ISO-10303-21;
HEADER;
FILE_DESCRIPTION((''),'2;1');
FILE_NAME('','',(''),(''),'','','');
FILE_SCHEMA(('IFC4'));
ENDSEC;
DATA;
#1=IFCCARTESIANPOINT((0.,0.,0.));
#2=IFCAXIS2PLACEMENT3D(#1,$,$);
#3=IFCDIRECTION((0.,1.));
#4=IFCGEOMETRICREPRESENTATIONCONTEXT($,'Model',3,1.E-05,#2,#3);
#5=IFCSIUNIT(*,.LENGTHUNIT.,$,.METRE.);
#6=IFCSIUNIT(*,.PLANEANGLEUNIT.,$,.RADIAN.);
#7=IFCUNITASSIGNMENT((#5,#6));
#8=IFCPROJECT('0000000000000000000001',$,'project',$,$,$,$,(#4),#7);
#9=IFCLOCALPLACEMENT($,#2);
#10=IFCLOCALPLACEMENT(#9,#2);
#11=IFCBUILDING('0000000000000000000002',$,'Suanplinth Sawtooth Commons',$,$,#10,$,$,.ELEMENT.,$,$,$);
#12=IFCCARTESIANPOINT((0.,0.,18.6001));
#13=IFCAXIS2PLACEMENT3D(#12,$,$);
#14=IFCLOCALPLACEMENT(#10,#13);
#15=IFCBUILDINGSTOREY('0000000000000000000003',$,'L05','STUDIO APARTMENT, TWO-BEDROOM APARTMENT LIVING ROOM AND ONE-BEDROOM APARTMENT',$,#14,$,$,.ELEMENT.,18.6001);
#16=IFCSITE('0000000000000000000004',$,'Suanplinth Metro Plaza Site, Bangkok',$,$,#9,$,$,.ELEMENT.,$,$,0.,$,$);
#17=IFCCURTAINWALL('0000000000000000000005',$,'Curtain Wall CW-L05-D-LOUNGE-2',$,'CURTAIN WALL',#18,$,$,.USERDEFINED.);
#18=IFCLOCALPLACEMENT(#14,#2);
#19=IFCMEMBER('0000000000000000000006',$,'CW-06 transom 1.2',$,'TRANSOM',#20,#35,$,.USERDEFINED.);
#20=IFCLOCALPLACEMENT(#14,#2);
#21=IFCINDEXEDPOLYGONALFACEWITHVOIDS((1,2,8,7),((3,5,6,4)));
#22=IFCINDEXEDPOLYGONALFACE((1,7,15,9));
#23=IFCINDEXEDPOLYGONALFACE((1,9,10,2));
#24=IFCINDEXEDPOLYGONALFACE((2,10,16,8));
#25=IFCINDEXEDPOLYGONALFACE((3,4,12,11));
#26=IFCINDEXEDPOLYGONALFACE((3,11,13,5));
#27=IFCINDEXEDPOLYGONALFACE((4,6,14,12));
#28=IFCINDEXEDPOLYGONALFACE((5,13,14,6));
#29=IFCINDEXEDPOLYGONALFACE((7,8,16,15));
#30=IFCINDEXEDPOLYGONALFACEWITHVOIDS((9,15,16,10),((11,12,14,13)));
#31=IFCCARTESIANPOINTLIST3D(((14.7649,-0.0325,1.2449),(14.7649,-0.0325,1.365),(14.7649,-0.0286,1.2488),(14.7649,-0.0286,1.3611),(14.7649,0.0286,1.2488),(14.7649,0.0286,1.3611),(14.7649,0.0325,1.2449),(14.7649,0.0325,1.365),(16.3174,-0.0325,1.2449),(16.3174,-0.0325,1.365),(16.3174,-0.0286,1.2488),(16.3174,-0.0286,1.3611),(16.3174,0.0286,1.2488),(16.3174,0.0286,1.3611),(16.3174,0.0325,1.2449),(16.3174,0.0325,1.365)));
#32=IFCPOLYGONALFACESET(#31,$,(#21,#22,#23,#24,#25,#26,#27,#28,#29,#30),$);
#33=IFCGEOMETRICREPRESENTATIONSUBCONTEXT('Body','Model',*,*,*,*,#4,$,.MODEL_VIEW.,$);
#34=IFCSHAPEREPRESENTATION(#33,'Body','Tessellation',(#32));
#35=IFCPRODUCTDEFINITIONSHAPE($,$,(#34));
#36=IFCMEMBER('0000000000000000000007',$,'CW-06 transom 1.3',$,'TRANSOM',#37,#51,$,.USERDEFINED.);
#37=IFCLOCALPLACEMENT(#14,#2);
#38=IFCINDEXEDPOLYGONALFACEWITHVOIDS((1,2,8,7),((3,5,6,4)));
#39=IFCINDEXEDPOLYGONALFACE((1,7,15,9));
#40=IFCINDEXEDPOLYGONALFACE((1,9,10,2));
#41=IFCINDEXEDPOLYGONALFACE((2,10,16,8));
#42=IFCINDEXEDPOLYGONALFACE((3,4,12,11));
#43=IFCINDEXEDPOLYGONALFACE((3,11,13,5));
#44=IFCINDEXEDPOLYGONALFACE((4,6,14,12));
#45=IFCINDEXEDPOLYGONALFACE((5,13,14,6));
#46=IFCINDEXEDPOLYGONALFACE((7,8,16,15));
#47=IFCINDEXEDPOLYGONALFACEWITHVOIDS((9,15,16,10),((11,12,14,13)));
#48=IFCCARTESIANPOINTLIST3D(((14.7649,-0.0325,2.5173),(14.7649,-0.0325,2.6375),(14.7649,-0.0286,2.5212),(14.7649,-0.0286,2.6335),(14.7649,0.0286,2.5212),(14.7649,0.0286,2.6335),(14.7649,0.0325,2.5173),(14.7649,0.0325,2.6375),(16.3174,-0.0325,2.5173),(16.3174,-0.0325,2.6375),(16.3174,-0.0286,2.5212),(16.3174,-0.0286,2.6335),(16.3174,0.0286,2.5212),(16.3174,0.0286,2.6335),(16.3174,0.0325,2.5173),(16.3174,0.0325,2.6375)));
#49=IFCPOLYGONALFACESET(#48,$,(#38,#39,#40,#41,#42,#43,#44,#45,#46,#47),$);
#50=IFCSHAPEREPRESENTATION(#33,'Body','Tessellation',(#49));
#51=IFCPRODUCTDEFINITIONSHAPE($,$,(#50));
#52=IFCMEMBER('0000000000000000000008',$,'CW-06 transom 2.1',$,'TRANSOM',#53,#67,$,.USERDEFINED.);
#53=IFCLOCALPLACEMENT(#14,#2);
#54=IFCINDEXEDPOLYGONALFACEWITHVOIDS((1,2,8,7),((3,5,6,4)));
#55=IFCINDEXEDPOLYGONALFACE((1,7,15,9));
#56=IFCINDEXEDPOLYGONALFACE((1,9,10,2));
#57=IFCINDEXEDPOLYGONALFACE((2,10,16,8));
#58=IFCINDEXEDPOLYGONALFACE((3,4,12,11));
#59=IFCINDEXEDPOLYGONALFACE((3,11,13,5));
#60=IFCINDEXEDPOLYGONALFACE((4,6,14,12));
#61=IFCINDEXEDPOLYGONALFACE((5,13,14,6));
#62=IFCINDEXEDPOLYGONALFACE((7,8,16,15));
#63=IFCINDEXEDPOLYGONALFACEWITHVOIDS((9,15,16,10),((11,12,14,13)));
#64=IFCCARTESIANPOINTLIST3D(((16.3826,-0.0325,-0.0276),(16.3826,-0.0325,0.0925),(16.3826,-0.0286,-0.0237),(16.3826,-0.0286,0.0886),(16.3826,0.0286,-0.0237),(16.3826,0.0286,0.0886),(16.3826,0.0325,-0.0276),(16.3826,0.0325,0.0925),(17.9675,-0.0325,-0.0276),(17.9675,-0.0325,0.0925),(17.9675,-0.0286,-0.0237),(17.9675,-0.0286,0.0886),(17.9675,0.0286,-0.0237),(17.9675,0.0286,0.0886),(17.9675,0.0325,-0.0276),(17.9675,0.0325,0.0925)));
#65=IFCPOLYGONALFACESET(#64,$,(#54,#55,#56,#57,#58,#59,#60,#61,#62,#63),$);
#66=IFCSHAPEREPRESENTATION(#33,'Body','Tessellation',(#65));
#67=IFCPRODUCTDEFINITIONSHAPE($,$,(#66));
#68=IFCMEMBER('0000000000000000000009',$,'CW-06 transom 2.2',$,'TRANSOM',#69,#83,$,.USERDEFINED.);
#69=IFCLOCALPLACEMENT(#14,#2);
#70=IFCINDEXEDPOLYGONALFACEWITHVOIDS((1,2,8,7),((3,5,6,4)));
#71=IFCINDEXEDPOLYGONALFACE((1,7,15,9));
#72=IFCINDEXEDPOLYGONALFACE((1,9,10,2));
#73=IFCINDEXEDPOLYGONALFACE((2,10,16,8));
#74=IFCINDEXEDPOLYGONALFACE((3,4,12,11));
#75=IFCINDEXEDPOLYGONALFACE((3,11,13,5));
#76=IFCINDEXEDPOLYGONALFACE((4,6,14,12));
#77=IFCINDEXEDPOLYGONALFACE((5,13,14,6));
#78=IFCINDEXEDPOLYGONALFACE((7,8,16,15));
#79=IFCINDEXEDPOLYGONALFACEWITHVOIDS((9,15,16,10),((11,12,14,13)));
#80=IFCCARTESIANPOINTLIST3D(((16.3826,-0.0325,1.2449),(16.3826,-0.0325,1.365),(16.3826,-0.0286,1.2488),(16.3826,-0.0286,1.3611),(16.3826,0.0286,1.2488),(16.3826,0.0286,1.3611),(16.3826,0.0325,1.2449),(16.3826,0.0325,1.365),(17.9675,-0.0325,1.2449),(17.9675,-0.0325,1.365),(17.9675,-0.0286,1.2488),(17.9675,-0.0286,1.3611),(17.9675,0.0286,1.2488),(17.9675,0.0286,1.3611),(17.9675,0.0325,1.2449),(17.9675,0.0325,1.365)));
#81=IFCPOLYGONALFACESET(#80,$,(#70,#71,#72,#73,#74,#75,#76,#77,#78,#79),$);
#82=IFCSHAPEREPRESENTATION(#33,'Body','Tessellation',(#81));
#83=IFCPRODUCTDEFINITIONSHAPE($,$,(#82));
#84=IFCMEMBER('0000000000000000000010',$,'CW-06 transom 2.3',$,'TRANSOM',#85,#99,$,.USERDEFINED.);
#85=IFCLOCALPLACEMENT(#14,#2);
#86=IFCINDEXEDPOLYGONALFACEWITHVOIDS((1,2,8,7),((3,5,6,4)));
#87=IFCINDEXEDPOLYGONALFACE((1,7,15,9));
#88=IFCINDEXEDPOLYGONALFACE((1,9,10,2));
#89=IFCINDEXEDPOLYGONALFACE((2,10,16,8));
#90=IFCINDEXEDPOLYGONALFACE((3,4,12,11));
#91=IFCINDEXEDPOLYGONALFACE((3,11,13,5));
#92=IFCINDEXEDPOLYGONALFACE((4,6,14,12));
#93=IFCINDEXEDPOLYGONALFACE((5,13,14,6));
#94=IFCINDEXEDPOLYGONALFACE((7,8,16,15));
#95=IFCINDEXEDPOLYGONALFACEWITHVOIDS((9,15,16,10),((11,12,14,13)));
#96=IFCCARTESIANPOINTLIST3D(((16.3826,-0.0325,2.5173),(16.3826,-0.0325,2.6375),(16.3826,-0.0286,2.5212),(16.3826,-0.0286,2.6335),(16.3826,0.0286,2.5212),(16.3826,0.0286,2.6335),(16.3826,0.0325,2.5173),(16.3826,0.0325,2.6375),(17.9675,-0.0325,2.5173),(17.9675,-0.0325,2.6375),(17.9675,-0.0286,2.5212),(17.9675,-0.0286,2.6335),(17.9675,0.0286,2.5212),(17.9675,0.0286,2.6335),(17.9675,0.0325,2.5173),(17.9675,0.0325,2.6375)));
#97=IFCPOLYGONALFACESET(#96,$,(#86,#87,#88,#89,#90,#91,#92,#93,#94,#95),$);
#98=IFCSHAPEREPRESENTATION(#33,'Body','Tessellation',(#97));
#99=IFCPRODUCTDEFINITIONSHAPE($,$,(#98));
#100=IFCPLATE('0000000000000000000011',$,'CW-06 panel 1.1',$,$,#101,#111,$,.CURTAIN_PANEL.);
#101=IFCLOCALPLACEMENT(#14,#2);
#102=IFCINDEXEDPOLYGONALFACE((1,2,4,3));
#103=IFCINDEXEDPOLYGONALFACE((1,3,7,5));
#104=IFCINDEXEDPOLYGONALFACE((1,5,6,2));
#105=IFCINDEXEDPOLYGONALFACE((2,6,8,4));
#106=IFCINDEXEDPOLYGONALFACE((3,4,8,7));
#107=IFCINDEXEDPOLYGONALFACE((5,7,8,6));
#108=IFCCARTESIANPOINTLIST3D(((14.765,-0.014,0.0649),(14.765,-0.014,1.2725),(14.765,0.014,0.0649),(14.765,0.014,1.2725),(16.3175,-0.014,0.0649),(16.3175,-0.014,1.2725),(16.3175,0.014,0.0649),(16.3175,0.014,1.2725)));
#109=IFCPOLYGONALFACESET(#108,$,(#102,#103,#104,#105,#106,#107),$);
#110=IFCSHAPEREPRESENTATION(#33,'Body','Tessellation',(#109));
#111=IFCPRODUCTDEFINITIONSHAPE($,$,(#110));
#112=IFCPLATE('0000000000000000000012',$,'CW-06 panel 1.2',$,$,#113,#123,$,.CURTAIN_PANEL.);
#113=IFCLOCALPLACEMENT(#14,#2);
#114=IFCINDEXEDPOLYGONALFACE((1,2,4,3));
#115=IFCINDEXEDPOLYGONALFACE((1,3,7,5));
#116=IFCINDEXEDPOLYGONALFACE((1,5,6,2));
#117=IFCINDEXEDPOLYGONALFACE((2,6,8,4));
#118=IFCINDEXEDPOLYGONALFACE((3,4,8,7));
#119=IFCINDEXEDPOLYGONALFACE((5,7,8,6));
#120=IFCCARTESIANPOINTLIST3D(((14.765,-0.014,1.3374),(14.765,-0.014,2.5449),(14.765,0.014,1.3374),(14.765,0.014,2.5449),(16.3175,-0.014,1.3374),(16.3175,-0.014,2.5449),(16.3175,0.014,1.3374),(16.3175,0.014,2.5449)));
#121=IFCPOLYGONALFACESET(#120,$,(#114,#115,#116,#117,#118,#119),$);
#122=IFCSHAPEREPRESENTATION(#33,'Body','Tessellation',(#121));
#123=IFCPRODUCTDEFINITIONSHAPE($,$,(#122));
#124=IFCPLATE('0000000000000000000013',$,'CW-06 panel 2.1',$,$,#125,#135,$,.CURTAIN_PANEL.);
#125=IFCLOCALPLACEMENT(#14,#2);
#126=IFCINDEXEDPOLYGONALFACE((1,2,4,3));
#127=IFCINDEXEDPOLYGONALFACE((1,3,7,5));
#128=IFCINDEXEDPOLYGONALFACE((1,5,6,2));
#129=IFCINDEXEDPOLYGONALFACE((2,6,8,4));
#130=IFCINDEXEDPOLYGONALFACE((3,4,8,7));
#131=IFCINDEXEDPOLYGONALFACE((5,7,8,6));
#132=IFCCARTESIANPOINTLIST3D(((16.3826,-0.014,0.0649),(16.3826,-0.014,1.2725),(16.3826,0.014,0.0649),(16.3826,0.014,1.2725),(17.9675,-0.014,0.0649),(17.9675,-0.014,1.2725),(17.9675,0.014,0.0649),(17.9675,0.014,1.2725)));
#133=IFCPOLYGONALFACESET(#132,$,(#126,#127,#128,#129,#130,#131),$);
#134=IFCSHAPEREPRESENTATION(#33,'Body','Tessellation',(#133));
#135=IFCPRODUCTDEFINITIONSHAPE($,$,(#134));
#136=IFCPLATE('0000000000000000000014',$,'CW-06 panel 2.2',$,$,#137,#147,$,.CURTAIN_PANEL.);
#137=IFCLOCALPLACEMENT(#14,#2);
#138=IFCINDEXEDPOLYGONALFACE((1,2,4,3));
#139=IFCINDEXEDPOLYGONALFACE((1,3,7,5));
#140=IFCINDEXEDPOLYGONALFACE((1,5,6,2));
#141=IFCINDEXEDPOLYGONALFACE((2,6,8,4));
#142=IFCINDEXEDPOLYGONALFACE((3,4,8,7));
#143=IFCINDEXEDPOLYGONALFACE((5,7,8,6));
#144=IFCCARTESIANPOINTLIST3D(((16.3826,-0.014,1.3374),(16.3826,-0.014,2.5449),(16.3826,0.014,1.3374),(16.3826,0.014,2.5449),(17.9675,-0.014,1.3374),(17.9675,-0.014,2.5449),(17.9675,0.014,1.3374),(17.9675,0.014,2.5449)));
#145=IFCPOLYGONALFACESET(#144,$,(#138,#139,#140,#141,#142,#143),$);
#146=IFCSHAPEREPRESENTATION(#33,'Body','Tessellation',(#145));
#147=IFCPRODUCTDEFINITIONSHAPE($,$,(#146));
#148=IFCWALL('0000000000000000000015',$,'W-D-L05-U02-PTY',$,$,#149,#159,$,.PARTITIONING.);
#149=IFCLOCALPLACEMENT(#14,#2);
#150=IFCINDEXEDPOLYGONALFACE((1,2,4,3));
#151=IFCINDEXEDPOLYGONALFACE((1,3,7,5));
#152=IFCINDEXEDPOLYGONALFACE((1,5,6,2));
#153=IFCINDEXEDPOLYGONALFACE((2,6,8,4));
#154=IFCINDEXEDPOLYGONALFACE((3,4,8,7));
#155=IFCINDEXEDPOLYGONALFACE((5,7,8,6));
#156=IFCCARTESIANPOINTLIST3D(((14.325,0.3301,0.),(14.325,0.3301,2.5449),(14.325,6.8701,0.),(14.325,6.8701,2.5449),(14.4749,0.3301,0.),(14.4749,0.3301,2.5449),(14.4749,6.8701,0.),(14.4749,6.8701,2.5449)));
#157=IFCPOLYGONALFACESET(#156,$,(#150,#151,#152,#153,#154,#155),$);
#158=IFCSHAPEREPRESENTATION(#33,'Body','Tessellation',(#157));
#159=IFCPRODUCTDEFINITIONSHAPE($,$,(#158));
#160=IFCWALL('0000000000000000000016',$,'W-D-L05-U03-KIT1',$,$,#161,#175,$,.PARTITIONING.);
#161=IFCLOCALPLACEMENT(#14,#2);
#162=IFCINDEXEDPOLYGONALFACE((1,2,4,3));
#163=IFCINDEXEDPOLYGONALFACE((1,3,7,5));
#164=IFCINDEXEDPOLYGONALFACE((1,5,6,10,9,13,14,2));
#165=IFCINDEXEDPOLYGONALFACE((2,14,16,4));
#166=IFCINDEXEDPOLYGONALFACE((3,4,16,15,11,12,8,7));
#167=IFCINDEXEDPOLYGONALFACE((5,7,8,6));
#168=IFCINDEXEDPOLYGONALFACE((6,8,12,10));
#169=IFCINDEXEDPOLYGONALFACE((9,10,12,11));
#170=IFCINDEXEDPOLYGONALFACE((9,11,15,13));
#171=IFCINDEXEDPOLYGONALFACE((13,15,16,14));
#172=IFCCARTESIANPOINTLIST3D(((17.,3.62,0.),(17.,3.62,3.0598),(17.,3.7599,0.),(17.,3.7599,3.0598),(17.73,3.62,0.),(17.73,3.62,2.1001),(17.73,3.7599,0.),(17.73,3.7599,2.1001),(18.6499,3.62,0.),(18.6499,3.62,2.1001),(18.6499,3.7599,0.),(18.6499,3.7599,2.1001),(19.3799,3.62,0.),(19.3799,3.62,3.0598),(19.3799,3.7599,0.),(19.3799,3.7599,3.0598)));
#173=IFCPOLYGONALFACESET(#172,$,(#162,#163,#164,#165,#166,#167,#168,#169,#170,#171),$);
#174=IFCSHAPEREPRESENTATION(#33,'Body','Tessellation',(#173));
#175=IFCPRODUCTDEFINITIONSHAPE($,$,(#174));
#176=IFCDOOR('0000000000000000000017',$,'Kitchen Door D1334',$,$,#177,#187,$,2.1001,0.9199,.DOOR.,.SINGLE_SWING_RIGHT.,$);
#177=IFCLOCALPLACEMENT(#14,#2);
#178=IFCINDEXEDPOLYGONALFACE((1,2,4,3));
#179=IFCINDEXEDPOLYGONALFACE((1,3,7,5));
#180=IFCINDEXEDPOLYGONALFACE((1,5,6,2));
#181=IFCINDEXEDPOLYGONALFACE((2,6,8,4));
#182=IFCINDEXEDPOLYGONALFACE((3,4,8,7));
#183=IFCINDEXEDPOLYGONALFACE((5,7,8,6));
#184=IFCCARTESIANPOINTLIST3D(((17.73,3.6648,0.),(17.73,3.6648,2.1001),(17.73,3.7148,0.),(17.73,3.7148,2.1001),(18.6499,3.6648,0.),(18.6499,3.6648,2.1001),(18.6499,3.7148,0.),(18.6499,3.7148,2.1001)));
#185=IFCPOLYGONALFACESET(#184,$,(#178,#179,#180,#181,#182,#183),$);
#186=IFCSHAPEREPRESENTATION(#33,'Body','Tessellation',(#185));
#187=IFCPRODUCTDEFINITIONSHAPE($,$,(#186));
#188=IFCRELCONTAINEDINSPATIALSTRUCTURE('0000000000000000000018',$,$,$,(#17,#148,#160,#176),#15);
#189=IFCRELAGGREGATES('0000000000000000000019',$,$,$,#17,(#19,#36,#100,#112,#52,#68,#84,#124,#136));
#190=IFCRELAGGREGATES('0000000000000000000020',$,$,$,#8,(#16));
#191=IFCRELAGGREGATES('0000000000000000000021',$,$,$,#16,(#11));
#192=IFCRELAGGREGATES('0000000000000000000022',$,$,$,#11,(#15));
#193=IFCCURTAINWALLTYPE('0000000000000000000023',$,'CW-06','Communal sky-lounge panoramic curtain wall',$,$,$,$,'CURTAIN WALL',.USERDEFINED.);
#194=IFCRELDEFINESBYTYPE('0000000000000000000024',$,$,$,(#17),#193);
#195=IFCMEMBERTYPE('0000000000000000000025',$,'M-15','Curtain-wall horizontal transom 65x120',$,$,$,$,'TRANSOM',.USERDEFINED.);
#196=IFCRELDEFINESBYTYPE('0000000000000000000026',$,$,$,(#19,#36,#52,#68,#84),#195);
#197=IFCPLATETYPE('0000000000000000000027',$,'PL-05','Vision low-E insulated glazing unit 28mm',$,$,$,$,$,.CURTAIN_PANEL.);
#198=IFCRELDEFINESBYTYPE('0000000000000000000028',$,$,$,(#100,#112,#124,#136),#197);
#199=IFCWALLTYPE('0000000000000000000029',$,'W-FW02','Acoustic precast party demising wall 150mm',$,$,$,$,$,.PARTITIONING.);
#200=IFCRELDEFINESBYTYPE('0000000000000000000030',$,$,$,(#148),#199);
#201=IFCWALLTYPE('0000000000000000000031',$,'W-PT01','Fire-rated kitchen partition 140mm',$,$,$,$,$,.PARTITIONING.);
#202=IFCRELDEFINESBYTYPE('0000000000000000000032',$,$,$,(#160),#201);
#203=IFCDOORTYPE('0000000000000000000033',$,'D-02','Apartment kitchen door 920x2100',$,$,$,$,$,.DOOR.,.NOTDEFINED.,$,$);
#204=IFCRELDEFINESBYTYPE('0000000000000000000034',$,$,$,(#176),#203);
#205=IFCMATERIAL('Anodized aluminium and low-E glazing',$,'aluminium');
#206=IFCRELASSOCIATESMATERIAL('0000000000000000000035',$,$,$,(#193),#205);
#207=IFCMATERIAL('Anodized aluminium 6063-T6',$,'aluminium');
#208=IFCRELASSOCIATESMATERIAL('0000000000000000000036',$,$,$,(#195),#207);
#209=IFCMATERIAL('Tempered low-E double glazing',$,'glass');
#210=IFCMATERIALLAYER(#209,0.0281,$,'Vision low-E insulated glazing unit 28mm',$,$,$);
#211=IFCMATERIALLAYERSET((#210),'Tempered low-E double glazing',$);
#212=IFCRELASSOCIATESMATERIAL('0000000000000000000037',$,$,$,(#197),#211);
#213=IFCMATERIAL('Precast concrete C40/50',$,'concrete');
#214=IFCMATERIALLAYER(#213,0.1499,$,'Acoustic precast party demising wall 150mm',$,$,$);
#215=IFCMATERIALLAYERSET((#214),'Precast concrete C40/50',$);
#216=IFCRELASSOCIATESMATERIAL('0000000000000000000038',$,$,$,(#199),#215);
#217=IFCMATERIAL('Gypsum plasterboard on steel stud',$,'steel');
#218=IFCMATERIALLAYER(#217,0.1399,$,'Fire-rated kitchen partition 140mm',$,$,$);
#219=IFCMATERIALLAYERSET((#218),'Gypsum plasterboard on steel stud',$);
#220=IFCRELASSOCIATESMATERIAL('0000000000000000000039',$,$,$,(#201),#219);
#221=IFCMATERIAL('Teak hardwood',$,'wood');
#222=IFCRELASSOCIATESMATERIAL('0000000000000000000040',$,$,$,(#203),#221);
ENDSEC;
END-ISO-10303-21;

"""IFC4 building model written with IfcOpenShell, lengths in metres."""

from ifc_helpers import new_model, si_unit, direction, frame, frame_2d, origin, origin_2d, place, context, subcontext, project, spatial, rectangle, hollow_rectangle, extrude, material, layer, layer_set, material_profile, profile_set, type_object, element, fill, aggregate, save


model = new_model("IFC4")

# Units and contexts
model_context = context("Model", 3, precision=1e-05, world=origin(), true_north=direction((0.0, 1.0)))
body_context = subcontext(model_context, "Body", "Model", "MODEL_VIEW")
ifc_project = project(units=[si_unit("LENGTHUNIT", "METRE"), si_unit("PLANEANGLEUNIT", "RADIAN")], contexts=[model_context])

# Site, building, storey
site_placement = place(None, origin())
site = spatial("IfcSite", under=ifc_project, at=site_placement, Name="Suanplinth Metro Plaza Site, Bangkok", CompositionType="ELEMENT", RefElevation=0.0)
building_placement = place(site_placement, origin())
building = spatial("IfcBuilding", under=site, at=building_placement, Name="Suanplinth Sawtooth Commons", CompositionType="ELEMENT")
storey_placement = place(building_placement, frame((0.0, 0.0, 18.6001)))
storey = spatial("IfcBuildingStorey", under=building, at=storey_placement, Name="L05", Description="STUDIO APARTMENT, TWO-BEDROOM APARTMENT LIVING ROOM AND ONE-BEDROOM APARTMENT", CompositionType="ELEMENT", Elevation=18.6001)

# Shared definitions
ifc_material_1 = material(Name="Precast concrete C40/50", Category="concrete")

# Curtain wall, members, plates
ifc_material_2 = material(Name="Anodized aluminium and low-E glazing", Category="aluminium")
curtain_wall_type = type_object("IfcCurtainWallType", Name="CW-06", Description="Communal sky-lounge panoramic curtain wall", ElementType="CURTAIN WALL", PredefinedType="USERDEFINED", material=ifc_material_2)
curtain_wall_placement = place(storey_placement, origin())
curtain_wall = element("IfcCurtainWall", 1, at=curtain_wall_placement, inside=storey, type_object=curtain_wall_type, Name="Curtain Wall CW-L05-D-LOUNGE-2", ObjectType="CURTAIN WALL", PredefinedType="USERDEFINED")
ifc_material_3 = material(Name="Anodized aluminium 6063-T6", Category="aluminium")
ifc_material_profile_1 = material_profile(ifc_material_3, hollow_rectangle(XDim=0.0649, YDim=0.1201, WallThickness=0.0039, at=origin_2d()), Name="ALU-TRN 65x120")
ifc_profile_set_1 = profile_set([ifc_material_profile_1], Name="Anodized aluminium 6063-T6")
member_type_1 = type_object("IfcMemberType", Name="M-15", Description="Curtain-wall horizontal transom 65x120", ElementType="TRANSOM", PredefinedType="USERDEFINED", material=ifc_profile_set_1)
member_1_placement = place(storey_placement, frame((14.7649, 0.0, 1.3049), z_axis=(1.0, 0.0, 0.0), x_axis=(0.0, 1.0, 0.0)))
member_1 = element("IfcMember", 2, at=member_1_placement, type_object=member_type_1, Name="CW-06 transom 1.2", ObjectType="TRANSOM", PredefinedType="USERDEFINED", context=body_context, shape_type="SweptSolid", body=[
    extrude(hollow_rectangle(XDim=0.0649, YDim=0.1201, WallThickness=0.0039, at=origin_2d()), origin(), (0.0, 0.0, 1.0), 1.5525),
])
member_2_placement = place(storey_placement, frame((14.7649, 0.0, 2.5774), z_axis=(1.0, 0.0, 0.0), x_axis=(0.0, 1.0, 0.0)))
member_2 = element("IfcMember", 3, at=member_2_placement, type_object=member_type_1, Name="CW-06 transom 1.3", ObjectType="TRANSOM", PredefinedType="USERDEFINED", context=body_context, shape_type="SweptSolid", body=[
    extrude(hollow_rectangle(XDim=0.0649, YDim=0.1201, WallThickness=0.0039, at=origin_2d()), origin(), (0.0, 0.0, 1.0), 1.5525),
])
member_3_placement = place(storey_placement, frame((16.3826, 0.0, 0.0325), z_axis=(1.0, 0.0, 0.0), x_axis=(0.0, 1.0, 0.0)))
member_3 = element("IfcMember", 4, at=member_3_placement, type_object=member_type_1, Name="CW-06 transom 2.1", ObjectType="TRANSOM", PredefinedType="USERDEFINED", context=body_context, shape_type="SweptSolid", body=[
    extrude(hollow_rectangle(XDim=0.0649, YDim=0.1201, WallThickness=0.0039, at=origin_2d()), origin(), (0.0, 0.0, 1.0), 1.585),
])
member_4_placement = place(storey_placement, frame((16.3826, 0.0, 1.3049), z_axis=(1.0, 0.0, 0.0), x_axis=(0.0, 1.0, 0.0)))
member_4 = element("IfcMember", 5, at=member_4_placement, type_object=member_type_1, Name="CW-06 transom 2.2", ObjectType="TRANSOM", PredefinedType="USERDEFINED", context=body_context, shape_type="SweptSolid", body=[
    extrude(hollow_rectangle(XDim=0.0649, YDim=0.1201, WallThickness=0.0039, at=origin_2d()), origin(), (0.0, 0.0, 1.0), 1.585),
])
member_5_placement = place(storey_placement, frame((16.3826, 0.0, 2.5774), z_axis=(1.0, 0.0, 0.0), x_axis=(0.0, 1.0, 0.0)))
member_5 = element("IfcMember", 6, at=member_5_placement, type_object=member_type_1, Name="CW-06 transom 2.3", ObjectType="TRANSOM", PredefinedType="USERDEFINED", context=body_context, shape_type="SweptSolid", body=[
    extrude(hollow_rectangle(XDim=0.0649, YDim=0.1201, WallThickness=0.0039, at=origin_2d()), origin(), (0.0, 0.0, 1.0), 1.585),
])
ifc_material_4 = material(Name="Tempered low-E double glazing", Category="glass")
ifc_layer_1 = layer(ifc_material_4, 0.0281, Name="Vision low-E insulated glazing unit 28mm")
ifc_layer_set_1 = layer_set([ifc_layer_1], Name="Tempered low-E double glazing")
plate_type = type_object("IfcPlateType", Name="PL-05", Description="Vision low-E insulated glazing unit 28mm", PredefinedType="CURTAIN_PANEL", material=ifc_layer_set_1)
plate_1_placement = place(storey_placement, frame((15.5413, 0.0, 0.0649), z_axis=(0.0, 0.0, 1.0), x_axis=(1.0, 0.0, 0.0)))
plate_1 = element("IfcPlate", 7, at=plate_1_placement, type_object=plate_type, Name="CW-06 panel 1.1", PredefinedType="CURTAIN_PANEL", context=body_context, shape_type="SweptSolid", body=[
    extrude(rectangle(XDim=1.5525, YDim=0.0281, at=origin_2d()), origin(), (0.0, 0.0, 1.0), 1.2075),
])
plate_2_placement = place(storey_placement, frame((15.5413, 0.0, 1.3374), z_axis=(0.0, 0.0, 1.0), x_axis=(1.0, 0.0, 0.0)))
plate_2 = element("IfcPlate", 8, at=plate_2_placement, type_object=plate_type, Name="CW-06 panel 1.2", PredefinedType="CURTAIN_PANEL", context=body_context, shape_type="SweptSolid", body=[
    extrude(rectangle(XDim=1.5525, YDim=0.0281, at=origin_2d()), origin(), (0.0, 0.0, 1.0), 1.2075),
])
plate_3_placement = place(storey_placement, frame((17.175, 0.0, 0.0649), z_axis=(0.0, 0.0, 1.0), x_axis=(1.0, 0.0, 0.0)))
plate_3 = element("IfcPlate", 9, at=plate_3_placement, type_object=plate_type, Name="CW-06 panel 2.1", PredefinedType="CURTAIN_PANEL", context=body_context, shape_type="SweptSolid", body=[
    extrude(rectangle(XDim=1.585, YDim=0.0281, at=origin_2d()), origin(), (0.0, 0.0, 1.0), 1.2075),
])
plate_4_placement = place(storey_placement, frame((17.175, 0.0, 1.3374), z_axis=(0.0, 0.0, 1.0), x_axis=(1.0, 0.0, 0.0)))
plate_4 = element("IfcPlate", 10, at=plate_4_placement, type_object=plate_type, Name="CW-06 panel 2.2", PredefinedType="CURTAIN_PANEL", context=body_context, shape_type="SweptSolid", body=[
    extrude(rectangle(XDim=1.585, YDim=0.0281, at=origin_2d()), origin(), (0.0, 0.0, 1.0), 1.2075),
])
aggregate(curtain_wall, [member_1, member_2, plate_1, plate_2, member_3, member_4, member_5, plate_3, plate_4])

# Wall
ifc_layer_2 = layer(ifc_material_1, 0.1499, Name="Acoustic precast party demising wall 150mm")
ifc_layer_set_2 = layer_set([ifc_layer_2], Name="Precast concrete C40/50")
wall_type_1 = type_object("IfcWallType", Name="W-FW02", Description="Acoustic precast party demising wall 150mm", PredefinedType="PARTITIONING", material=ifc_layer_set_2)
wall_1_placement = place(storey_placement, frame((14.3999, 0.3301, 0.0), z_axis=(0.0, 0.0, 1.0), x_axis=(0.0, 1.0, 0.0)))
element("IfcWall", 11, at=wall_1_placement, inside=storey, type_object=wall_type_1, Name="W-D-L05-U02-PTY", PredefinedType="PARTITIONING", context=body_context, shape_type="SweptSolid", body=[
    extrude(rectangle(XDim=6.54, YDim=0.1499, at=frame_2d((3.27, 0.0))), origin(), (0.0, 0.0, 1.0), 2.5449),
])

# Wall, opening, door
ifc_material_5 = material(Name="Gypsum plasterboard on steel stud", Category="steel")
ifc_layer_3 = layer(ifc_material_5, 0.1399, Name="Fire-rated kitchen partition 140mm")
ifc_layer_set_3 = layer_set([ifc_layer_3], Name="Gypsum plasterboard on steel stud")
wall_type_2 = type_object("IfcWallType", Name="W-PT01", Description="Fire-rated kitchen partition 140mm", PredefinedType="PARTITIONING", material=ifc_layer_set_3)
wall_2_placement = place(storey_placement, frame((17.0, 3.6899, 0.0), z_axis=(0.0, 0.0, 1.0), x_axis=(1.0, 0.0, 0.0)))
wall_2 = element("IfcWall", 12, at=wall_2_placement, inside=storey, type_object=wall_type_2, Name="W-D-L05-U03-KIT1", PredefinedType="PARTITIONING", context=body_context, shape_type="SweptSolid", body=[
    extrude(rectangle(XDim=2.3799, YDim=0.1399, at=frame_2d((1.1899, 0.0))), origin(), (0.0, 0.0, 1.0), 3.0598),
])
opening_1_placement = place(wall_2_placement, frame((0.73, 0.0, 0.0)))
opening_1 = element("IfcOpeningElement", 13, at=opening_1_placement, cuts=wall_2, PredefinedType="OPENING", context=body_context, shape_type="SweptSolid", body=[
    extrude(rectangle(XDim=0.9199, YDim=2.1001, at=frame_2d((0.46, 1.05))), frame((0.0, 0.085, 0.0), z_axis=(0.0, -1.0, 0.0), x_axis=(1.0, 0.0, 0.0)), (0.0, 0.0, 1.0), 0.1697),
])
ifc_material_6 = material(Name="Teak hardwood", Category="wood")
door_type_1 = type_object("IfcDoorType", Name="D-02", Description="Apartment kitchen door 920x2100", OperationType="NOTDEFINED", PredefinedType="DOOR", material=ifc_material_6)
door_1_placement = place(opening_1_placement, origin())
door_1 = element("IfcDoor", 14, at=door_1_placement, inside=storey, type_object=door_type_1, Name="Kitchen Door D1334", OperationType="SINGLE_SWING_RIGHT", OverallHeight=2.1001, OverallWidth=0.9199, PredefinedType="DOOR", context=body_context, shape_type="SweptSolid", body=[
    extrude(rectangle(XDim=0.9199, YDim=2.1001, at=frame_2d((0.46, 1.05))), frame((0.0, 0.0249, 0.0), z_axis=(0.0, -1.0, 0.0), x_axis=(1.0, 0.0, 0.0)), (0.0, 0.0, 1.0), 0.05),
])
fill(opening_1, door_1)

save(model, "model.ifc")
